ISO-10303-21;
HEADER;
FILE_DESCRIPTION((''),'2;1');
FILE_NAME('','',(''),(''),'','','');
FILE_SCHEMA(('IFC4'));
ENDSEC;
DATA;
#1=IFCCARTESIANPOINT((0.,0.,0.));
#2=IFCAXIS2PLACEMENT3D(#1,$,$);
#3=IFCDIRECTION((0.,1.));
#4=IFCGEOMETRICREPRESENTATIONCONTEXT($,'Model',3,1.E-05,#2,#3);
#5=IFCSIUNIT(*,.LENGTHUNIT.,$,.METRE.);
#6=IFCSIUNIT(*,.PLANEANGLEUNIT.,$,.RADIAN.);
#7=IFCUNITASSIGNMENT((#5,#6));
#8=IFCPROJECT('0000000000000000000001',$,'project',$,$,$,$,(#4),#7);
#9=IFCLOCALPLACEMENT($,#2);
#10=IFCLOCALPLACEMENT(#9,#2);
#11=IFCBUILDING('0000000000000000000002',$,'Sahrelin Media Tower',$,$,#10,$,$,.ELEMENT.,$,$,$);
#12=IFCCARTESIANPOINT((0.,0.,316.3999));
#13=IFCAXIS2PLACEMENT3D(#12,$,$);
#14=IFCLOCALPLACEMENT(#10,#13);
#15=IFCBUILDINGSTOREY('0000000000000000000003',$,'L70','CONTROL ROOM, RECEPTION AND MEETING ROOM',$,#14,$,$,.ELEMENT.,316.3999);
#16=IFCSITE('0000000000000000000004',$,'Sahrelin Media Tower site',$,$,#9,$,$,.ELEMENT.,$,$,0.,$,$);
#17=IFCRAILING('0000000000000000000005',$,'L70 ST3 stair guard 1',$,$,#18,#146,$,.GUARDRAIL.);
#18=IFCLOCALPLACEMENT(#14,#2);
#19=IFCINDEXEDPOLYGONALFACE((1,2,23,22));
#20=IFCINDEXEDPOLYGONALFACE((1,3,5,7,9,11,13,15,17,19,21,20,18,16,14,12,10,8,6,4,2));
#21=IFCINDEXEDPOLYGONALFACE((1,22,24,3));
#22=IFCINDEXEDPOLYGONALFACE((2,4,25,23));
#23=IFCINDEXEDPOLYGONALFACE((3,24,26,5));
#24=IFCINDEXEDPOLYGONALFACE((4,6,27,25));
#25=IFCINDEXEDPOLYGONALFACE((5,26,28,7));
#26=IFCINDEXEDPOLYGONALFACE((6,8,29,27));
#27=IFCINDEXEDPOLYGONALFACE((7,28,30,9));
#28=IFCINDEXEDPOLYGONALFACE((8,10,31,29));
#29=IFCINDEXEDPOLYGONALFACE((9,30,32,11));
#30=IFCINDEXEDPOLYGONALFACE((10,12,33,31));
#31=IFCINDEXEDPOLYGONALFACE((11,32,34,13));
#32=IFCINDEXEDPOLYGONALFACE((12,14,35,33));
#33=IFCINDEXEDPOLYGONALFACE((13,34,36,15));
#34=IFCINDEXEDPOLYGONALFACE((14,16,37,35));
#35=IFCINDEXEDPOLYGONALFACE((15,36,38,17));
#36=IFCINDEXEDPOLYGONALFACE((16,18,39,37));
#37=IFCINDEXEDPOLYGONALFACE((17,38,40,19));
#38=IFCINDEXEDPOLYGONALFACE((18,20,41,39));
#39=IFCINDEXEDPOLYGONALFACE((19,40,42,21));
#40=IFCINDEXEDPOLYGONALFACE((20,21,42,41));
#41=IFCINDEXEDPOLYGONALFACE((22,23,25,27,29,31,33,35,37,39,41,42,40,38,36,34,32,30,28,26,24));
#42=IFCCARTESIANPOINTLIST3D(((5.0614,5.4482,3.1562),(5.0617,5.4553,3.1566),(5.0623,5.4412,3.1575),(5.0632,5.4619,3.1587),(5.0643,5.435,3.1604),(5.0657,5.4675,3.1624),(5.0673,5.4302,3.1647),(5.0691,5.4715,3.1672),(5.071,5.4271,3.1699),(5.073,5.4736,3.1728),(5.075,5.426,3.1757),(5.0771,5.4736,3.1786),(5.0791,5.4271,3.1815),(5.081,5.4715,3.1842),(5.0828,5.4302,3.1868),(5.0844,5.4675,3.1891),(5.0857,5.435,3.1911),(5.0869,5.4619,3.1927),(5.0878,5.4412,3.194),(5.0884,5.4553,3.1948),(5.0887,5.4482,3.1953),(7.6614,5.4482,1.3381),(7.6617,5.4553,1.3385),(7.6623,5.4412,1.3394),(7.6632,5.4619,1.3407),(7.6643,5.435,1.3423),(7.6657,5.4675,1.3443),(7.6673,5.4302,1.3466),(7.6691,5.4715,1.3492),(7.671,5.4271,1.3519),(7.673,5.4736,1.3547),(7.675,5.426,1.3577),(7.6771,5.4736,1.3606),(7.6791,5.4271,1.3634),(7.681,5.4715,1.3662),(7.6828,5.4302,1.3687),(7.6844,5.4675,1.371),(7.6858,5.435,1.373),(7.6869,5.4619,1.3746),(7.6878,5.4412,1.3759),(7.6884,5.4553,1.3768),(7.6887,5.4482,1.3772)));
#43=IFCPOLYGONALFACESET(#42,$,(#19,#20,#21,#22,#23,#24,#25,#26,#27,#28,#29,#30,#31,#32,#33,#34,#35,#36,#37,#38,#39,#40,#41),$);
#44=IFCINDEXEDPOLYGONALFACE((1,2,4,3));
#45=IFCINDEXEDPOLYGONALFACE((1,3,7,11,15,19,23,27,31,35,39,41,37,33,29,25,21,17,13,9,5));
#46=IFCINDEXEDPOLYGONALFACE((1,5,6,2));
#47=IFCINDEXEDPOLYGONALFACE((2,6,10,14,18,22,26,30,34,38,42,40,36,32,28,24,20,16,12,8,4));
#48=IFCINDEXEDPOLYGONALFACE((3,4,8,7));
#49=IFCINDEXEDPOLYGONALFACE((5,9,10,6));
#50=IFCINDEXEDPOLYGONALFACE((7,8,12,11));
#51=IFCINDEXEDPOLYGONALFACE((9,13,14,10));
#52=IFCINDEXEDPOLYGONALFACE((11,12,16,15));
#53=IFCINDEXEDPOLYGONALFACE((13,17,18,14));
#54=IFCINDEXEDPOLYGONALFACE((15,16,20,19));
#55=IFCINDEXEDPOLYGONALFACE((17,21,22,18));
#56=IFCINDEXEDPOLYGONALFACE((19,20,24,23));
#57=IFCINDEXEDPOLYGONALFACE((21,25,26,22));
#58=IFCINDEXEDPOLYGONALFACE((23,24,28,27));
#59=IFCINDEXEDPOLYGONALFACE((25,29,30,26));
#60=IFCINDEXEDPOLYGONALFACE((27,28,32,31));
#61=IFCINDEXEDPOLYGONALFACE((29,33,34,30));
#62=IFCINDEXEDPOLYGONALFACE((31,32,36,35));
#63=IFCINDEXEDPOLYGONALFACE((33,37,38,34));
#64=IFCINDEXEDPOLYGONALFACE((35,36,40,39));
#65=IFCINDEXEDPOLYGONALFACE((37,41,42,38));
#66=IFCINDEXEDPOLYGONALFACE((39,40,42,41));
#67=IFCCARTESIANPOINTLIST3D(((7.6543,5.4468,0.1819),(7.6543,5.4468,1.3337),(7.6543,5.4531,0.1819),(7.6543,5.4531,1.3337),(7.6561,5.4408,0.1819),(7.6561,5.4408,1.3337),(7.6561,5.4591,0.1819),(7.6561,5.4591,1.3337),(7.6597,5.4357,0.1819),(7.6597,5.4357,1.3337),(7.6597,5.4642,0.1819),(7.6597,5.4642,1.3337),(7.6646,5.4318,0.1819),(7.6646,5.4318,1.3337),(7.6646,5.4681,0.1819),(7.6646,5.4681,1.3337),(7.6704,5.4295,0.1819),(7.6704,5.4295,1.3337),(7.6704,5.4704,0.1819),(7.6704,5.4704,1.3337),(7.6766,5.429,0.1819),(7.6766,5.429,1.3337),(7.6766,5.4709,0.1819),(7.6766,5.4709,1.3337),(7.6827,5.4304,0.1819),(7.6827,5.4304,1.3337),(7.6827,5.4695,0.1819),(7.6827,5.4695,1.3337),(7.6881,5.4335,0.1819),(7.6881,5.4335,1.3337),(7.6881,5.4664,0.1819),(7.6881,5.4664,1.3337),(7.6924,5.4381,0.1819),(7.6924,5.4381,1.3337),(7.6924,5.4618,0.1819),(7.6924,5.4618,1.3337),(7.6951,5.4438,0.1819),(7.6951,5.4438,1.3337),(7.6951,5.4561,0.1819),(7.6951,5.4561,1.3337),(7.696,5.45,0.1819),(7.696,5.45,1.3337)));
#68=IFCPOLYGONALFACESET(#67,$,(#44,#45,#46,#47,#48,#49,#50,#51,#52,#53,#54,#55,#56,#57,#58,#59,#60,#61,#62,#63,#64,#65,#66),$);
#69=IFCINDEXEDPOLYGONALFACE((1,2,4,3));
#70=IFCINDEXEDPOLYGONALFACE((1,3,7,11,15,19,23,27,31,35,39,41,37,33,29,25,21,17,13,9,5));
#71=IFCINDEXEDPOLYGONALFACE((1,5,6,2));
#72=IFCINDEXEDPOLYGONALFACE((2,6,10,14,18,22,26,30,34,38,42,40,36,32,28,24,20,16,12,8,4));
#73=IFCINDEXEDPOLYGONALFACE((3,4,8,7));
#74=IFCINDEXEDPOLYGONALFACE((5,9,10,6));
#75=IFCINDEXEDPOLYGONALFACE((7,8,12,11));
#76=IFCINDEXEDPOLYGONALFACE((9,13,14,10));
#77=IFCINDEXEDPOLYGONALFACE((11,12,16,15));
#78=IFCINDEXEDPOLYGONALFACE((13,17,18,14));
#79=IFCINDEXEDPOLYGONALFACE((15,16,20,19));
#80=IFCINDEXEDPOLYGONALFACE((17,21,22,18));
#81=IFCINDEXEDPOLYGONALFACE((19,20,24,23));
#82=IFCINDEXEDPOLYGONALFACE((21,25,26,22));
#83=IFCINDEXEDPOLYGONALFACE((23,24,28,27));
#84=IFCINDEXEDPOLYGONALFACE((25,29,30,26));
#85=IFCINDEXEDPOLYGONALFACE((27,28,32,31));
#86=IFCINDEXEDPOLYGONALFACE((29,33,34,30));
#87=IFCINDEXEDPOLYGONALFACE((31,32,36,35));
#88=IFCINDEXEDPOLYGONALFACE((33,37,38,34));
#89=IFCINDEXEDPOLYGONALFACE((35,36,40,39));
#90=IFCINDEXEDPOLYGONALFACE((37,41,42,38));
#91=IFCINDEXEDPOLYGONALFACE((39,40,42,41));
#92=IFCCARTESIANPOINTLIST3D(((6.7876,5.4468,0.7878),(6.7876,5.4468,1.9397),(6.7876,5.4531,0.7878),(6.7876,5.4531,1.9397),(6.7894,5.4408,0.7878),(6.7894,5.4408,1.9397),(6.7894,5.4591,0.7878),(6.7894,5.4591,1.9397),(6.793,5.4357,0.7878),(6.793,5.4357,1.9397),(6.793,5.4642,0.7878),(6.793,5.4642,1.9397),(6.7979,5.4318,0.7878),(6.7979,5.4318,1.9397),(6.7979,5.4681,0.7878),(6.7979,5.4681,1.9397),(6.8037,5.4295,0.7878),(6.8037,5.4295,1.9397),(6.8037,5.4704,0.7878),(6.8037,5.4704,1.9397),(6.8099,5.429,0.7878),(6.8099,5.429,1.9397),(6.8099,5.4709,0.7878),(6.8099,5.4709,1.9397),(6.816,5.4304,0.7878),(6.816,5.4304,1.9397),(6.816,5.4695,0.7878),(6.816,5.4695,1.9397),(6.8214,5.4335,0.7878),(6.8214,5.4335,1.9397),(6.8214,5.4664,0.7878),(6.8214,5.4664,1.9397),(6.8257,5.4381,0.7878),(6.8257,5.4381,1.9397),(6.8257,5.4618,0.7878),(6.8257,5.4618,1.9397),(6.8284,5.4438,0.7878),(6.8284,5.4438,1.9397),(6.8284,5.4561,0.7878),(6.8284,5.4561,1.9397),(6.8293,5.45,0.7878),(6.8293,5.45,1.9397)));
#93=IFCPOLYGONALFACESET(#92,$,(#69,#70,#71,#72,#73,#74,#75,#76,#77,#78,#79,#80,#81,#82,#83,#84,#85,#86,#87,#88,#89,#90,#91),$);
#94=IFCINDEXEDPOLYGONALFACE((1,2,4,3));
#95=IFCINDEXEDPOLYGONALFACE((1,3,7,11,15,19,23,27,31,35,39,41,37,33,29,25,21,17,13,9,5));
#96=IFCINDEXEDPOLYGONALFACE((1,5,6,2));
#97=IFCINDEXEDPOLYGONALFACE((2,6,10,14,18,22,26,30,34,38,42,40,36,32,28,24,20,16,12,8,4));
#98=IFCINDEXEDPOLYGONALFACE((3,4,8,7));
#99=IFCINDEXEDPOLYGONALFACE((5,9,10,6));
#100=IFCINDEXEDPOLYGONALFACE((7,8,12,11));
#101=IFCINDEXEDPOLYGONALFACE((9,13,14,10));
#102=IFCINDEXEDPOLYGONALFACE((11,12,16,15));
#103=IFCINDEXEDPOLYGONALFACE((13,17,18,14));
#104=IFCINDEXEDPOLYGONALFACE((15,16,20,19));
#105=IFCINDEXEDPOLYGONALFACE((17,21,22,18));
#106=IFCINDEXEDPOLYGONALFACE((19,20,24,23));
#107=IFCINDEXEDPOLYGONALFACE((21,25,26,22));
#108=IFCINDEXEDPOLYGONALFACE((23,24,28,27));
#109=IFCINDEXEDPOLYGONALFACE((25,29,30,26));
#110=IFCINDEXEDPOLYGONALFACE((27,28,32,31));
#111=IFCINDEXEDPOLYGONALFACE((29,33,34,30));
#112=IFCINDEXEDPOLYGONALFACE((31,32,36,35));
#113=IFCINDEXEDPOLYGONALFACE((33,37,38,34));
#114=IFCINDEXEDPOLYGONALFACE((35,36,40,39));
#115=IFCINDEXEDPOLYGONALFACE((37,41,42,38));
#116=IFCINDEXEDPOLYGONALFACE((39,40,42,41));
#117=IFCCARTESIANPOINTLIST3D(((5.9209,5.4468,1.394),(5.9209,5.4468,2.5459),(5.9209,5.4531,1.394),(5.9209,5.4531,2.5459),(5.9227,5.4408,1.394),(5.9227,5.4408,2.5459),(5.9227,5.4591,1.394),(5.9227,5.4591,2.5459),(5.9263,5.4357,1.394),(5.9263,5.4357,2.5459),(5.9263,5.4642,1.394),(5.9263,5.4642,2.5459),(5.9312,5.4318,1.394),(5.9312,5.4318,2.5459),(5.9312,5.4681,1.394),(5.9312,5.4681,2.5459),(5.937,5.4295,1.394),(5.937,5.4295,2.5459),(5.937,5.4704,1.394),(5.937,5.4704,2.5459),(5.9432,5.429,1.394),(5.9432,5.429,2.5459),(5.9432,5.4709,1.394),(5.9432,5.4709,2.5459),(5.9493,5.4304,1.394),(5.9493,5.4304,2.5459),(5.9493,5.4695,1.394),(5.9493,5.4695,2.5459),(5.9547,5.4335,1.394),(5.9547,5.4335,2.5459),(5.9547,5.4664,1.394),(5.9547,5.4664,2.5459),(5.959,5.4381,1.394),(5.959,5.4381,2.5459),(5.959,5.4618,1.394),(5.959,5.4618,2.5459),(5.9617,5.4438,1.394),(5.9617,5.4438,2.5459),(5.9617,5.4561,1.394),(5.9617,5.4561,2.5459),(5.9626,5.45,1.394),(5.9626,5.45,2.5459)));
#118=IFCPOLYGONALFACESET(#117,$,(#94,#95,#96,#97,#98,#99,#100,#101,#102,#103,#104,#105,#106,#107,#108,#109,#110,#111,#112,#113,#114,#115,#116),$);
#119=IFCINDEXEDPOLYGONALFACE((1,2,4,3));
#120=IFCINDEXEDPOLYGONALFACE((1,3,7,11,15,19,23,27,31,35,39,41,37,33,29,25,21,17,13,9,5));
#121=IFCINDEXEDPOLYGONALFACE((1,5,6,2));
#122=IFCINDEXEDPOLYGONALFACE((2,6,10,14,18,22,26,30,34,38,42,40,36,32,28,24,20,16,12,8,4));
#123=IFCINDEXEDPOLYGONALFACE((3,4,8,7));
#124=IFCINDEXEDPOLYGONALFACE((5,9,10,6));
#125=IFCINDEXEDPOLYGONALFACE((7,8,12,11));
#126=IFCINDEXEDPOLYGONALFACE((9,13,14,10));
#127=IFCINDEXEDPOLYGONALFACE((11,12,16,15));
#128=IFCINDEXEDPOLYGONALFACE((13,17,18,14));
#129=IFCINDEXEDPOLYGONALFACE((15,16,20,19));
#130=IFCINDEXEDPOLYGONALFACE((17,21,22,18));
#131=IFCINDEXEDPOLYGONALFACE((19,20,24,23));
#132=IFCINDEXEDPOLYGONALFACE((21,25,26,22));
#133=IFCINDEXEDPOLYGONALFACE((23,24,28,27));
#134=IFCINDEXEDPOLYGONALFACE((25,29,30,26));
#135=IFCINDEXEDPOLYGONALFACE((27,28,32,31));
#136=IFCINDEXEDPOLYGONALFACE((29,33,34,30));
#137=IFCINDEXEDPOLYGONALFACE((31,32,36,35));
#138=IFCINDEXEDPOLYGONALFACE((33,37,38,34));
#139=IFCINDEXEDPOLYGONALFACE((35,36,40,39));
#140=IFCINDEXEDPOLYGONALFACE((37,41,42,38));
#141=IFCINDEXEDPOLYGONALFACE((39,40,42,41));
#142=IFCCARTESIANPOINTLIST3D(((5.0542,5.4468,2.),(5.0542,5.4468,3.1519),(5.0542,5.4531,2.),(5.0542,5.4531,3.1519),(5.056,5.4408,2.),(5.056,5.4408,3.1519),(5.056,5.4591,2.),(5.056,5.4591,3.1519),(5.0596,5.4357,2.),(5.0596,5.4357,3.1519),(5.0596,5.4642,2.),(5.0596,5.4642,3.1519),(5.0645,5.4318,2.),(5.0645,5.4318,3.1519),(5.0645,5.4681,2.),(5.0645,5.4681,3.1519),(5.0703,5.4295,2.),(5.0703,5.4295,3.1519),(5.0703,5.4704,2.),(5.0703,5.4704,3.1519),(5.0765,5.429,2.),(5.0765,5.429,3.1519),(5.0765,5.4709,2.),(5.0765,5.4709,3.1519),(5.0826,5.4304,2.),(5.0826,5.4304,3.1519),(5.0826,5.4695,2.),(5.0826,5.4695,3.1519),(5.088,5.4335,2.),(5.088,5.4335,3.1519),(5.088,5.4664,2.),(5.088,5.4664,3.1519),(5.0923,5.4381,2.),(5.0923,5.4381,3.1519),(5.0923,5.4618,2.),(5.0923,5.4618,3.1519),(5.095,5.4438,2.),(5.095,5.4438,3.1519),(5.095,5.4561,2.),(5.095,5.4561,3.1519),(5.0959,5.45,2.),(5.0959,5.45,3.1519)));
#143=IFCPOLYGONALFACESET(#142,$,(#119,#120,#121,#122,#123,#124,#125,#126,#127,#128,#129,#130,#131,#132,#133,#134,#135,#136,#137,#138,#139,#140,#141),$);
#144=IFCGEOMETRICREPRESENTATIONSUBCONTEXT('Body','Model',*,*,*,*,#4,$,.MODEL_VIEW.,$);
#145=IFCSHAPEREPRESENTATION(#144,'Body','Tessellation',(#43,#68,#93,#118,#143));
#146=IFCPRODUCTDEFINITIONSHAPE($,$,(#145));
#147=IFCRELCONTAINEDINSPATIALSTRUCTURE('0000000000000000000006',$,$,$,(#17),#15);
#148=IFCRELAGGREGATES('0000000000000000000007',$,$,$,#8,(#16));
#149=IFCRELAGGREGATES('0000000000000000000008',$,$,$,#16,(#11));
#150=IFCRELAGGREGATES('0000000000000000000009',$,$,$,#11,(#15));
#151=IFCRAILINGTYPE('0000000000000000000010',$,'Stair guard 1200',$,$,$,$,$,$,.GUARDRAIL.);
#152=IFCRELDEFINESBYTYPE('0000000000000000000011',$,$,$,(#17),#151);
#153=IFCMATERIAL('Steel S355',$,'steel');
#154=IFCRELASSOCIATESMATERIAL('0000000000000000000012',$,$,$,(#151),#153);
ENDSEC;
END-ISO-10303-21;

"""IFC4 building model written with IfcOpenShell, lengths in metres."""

from ifc_helpers import new_model, si_unit, direction, frame, origin, origin_2d, place, context, subcontext, project, spatial, circle, extrude, material, type_object, element, save


model = new_model("IFC4")

# Units and contexts
model_context = context("Model", 3, precision=1e-05, world=origin(), true_north=direction((0.0, 1.0)))
body_context = subcontext(model_context, "Body", "Model", "MODEL_VIEW")
ifc_project = project(units=[si_unit("LENGTHUNIT", "METRE"), si_unit("PLANEANGLEUNIT", "RADIAN")], contexts=[model_context])

# Site, building, storey
site_placement = place(None, origin())
site = spatial("IfcSite", under=ifc_project, at=site_placement, Name="Sahrelin Media Tower site", CompositionType="ELEMENT", RefElevation=0.0)
building_placement = place(site_placement, origin())
building = spatial("IfcBuilding", under=site, at=building_placement, Name="Sahrelin Media Tower", CompositionType="ELEMENT")
storey_placement = place(building_placement, frame((0.0, 0.0, 316.3999)))
storey = spatial("IfcBuildingStorey", under=building, at=storey_placement, Name="L70", Description="CONTROL ROOM, RECEPTION AND MEETING ROOM", CompositionType="ELEMENT", Elevation=316.3999)

# Shared definitions
ifc_material_1 = material(Name="Steel S355", Category="steel")

# Railing
railing_type_1 = type_object("IfcRailingType", Name="Stair guard 1200", PredefinedType="GUARDRAIL", material=ifc_material_1)
railing_1_placement = place(storey_placement, frame((7.675, 5.45, 0.1819)))
element("IfcRailing", 1, at=railing_1_placement, inside=storey, type_object=railing_type_1, Name="L70 ST3 stair guard 1", PredefinedType="GUARDRAIL", context=body_context, shape_type="SweptSolid", body=[
    extrude(circle(Radius=0.0239, at=origin_2d()), frame((0.0, 0.0, 1.1758), z_axis=(-0.819521, 0.0, 0.573049), x_axis=(0.0, -1.0, 0.0)), (0.0, 0.0, 1.0), 3.1726),
    extrude(circle(Radius=0.021, at=origin_2d()), origin(), (0.0, 0.0, 1.0), 1.1519),
    extrude(circle(Radius=0.021, at=origin_2d()), frame((-0.8667, 0.0, 0.606)), (0.0, 0.0, 1.0), 1.1519),
    extrude(circle(Radius=0.021, at=origin_2d()), frame((-1.7334, 0.0, 1.2122)), (0.0, 0.0, 1.0), 1.1519),
    extrude(circle(Radius=0.021, at=origin_2d()), frame((-2.6001, 0.0, 1.8181)), (0.0, 0.0, 1.0), 1.1519),
])

save(model, "model.ifc")
